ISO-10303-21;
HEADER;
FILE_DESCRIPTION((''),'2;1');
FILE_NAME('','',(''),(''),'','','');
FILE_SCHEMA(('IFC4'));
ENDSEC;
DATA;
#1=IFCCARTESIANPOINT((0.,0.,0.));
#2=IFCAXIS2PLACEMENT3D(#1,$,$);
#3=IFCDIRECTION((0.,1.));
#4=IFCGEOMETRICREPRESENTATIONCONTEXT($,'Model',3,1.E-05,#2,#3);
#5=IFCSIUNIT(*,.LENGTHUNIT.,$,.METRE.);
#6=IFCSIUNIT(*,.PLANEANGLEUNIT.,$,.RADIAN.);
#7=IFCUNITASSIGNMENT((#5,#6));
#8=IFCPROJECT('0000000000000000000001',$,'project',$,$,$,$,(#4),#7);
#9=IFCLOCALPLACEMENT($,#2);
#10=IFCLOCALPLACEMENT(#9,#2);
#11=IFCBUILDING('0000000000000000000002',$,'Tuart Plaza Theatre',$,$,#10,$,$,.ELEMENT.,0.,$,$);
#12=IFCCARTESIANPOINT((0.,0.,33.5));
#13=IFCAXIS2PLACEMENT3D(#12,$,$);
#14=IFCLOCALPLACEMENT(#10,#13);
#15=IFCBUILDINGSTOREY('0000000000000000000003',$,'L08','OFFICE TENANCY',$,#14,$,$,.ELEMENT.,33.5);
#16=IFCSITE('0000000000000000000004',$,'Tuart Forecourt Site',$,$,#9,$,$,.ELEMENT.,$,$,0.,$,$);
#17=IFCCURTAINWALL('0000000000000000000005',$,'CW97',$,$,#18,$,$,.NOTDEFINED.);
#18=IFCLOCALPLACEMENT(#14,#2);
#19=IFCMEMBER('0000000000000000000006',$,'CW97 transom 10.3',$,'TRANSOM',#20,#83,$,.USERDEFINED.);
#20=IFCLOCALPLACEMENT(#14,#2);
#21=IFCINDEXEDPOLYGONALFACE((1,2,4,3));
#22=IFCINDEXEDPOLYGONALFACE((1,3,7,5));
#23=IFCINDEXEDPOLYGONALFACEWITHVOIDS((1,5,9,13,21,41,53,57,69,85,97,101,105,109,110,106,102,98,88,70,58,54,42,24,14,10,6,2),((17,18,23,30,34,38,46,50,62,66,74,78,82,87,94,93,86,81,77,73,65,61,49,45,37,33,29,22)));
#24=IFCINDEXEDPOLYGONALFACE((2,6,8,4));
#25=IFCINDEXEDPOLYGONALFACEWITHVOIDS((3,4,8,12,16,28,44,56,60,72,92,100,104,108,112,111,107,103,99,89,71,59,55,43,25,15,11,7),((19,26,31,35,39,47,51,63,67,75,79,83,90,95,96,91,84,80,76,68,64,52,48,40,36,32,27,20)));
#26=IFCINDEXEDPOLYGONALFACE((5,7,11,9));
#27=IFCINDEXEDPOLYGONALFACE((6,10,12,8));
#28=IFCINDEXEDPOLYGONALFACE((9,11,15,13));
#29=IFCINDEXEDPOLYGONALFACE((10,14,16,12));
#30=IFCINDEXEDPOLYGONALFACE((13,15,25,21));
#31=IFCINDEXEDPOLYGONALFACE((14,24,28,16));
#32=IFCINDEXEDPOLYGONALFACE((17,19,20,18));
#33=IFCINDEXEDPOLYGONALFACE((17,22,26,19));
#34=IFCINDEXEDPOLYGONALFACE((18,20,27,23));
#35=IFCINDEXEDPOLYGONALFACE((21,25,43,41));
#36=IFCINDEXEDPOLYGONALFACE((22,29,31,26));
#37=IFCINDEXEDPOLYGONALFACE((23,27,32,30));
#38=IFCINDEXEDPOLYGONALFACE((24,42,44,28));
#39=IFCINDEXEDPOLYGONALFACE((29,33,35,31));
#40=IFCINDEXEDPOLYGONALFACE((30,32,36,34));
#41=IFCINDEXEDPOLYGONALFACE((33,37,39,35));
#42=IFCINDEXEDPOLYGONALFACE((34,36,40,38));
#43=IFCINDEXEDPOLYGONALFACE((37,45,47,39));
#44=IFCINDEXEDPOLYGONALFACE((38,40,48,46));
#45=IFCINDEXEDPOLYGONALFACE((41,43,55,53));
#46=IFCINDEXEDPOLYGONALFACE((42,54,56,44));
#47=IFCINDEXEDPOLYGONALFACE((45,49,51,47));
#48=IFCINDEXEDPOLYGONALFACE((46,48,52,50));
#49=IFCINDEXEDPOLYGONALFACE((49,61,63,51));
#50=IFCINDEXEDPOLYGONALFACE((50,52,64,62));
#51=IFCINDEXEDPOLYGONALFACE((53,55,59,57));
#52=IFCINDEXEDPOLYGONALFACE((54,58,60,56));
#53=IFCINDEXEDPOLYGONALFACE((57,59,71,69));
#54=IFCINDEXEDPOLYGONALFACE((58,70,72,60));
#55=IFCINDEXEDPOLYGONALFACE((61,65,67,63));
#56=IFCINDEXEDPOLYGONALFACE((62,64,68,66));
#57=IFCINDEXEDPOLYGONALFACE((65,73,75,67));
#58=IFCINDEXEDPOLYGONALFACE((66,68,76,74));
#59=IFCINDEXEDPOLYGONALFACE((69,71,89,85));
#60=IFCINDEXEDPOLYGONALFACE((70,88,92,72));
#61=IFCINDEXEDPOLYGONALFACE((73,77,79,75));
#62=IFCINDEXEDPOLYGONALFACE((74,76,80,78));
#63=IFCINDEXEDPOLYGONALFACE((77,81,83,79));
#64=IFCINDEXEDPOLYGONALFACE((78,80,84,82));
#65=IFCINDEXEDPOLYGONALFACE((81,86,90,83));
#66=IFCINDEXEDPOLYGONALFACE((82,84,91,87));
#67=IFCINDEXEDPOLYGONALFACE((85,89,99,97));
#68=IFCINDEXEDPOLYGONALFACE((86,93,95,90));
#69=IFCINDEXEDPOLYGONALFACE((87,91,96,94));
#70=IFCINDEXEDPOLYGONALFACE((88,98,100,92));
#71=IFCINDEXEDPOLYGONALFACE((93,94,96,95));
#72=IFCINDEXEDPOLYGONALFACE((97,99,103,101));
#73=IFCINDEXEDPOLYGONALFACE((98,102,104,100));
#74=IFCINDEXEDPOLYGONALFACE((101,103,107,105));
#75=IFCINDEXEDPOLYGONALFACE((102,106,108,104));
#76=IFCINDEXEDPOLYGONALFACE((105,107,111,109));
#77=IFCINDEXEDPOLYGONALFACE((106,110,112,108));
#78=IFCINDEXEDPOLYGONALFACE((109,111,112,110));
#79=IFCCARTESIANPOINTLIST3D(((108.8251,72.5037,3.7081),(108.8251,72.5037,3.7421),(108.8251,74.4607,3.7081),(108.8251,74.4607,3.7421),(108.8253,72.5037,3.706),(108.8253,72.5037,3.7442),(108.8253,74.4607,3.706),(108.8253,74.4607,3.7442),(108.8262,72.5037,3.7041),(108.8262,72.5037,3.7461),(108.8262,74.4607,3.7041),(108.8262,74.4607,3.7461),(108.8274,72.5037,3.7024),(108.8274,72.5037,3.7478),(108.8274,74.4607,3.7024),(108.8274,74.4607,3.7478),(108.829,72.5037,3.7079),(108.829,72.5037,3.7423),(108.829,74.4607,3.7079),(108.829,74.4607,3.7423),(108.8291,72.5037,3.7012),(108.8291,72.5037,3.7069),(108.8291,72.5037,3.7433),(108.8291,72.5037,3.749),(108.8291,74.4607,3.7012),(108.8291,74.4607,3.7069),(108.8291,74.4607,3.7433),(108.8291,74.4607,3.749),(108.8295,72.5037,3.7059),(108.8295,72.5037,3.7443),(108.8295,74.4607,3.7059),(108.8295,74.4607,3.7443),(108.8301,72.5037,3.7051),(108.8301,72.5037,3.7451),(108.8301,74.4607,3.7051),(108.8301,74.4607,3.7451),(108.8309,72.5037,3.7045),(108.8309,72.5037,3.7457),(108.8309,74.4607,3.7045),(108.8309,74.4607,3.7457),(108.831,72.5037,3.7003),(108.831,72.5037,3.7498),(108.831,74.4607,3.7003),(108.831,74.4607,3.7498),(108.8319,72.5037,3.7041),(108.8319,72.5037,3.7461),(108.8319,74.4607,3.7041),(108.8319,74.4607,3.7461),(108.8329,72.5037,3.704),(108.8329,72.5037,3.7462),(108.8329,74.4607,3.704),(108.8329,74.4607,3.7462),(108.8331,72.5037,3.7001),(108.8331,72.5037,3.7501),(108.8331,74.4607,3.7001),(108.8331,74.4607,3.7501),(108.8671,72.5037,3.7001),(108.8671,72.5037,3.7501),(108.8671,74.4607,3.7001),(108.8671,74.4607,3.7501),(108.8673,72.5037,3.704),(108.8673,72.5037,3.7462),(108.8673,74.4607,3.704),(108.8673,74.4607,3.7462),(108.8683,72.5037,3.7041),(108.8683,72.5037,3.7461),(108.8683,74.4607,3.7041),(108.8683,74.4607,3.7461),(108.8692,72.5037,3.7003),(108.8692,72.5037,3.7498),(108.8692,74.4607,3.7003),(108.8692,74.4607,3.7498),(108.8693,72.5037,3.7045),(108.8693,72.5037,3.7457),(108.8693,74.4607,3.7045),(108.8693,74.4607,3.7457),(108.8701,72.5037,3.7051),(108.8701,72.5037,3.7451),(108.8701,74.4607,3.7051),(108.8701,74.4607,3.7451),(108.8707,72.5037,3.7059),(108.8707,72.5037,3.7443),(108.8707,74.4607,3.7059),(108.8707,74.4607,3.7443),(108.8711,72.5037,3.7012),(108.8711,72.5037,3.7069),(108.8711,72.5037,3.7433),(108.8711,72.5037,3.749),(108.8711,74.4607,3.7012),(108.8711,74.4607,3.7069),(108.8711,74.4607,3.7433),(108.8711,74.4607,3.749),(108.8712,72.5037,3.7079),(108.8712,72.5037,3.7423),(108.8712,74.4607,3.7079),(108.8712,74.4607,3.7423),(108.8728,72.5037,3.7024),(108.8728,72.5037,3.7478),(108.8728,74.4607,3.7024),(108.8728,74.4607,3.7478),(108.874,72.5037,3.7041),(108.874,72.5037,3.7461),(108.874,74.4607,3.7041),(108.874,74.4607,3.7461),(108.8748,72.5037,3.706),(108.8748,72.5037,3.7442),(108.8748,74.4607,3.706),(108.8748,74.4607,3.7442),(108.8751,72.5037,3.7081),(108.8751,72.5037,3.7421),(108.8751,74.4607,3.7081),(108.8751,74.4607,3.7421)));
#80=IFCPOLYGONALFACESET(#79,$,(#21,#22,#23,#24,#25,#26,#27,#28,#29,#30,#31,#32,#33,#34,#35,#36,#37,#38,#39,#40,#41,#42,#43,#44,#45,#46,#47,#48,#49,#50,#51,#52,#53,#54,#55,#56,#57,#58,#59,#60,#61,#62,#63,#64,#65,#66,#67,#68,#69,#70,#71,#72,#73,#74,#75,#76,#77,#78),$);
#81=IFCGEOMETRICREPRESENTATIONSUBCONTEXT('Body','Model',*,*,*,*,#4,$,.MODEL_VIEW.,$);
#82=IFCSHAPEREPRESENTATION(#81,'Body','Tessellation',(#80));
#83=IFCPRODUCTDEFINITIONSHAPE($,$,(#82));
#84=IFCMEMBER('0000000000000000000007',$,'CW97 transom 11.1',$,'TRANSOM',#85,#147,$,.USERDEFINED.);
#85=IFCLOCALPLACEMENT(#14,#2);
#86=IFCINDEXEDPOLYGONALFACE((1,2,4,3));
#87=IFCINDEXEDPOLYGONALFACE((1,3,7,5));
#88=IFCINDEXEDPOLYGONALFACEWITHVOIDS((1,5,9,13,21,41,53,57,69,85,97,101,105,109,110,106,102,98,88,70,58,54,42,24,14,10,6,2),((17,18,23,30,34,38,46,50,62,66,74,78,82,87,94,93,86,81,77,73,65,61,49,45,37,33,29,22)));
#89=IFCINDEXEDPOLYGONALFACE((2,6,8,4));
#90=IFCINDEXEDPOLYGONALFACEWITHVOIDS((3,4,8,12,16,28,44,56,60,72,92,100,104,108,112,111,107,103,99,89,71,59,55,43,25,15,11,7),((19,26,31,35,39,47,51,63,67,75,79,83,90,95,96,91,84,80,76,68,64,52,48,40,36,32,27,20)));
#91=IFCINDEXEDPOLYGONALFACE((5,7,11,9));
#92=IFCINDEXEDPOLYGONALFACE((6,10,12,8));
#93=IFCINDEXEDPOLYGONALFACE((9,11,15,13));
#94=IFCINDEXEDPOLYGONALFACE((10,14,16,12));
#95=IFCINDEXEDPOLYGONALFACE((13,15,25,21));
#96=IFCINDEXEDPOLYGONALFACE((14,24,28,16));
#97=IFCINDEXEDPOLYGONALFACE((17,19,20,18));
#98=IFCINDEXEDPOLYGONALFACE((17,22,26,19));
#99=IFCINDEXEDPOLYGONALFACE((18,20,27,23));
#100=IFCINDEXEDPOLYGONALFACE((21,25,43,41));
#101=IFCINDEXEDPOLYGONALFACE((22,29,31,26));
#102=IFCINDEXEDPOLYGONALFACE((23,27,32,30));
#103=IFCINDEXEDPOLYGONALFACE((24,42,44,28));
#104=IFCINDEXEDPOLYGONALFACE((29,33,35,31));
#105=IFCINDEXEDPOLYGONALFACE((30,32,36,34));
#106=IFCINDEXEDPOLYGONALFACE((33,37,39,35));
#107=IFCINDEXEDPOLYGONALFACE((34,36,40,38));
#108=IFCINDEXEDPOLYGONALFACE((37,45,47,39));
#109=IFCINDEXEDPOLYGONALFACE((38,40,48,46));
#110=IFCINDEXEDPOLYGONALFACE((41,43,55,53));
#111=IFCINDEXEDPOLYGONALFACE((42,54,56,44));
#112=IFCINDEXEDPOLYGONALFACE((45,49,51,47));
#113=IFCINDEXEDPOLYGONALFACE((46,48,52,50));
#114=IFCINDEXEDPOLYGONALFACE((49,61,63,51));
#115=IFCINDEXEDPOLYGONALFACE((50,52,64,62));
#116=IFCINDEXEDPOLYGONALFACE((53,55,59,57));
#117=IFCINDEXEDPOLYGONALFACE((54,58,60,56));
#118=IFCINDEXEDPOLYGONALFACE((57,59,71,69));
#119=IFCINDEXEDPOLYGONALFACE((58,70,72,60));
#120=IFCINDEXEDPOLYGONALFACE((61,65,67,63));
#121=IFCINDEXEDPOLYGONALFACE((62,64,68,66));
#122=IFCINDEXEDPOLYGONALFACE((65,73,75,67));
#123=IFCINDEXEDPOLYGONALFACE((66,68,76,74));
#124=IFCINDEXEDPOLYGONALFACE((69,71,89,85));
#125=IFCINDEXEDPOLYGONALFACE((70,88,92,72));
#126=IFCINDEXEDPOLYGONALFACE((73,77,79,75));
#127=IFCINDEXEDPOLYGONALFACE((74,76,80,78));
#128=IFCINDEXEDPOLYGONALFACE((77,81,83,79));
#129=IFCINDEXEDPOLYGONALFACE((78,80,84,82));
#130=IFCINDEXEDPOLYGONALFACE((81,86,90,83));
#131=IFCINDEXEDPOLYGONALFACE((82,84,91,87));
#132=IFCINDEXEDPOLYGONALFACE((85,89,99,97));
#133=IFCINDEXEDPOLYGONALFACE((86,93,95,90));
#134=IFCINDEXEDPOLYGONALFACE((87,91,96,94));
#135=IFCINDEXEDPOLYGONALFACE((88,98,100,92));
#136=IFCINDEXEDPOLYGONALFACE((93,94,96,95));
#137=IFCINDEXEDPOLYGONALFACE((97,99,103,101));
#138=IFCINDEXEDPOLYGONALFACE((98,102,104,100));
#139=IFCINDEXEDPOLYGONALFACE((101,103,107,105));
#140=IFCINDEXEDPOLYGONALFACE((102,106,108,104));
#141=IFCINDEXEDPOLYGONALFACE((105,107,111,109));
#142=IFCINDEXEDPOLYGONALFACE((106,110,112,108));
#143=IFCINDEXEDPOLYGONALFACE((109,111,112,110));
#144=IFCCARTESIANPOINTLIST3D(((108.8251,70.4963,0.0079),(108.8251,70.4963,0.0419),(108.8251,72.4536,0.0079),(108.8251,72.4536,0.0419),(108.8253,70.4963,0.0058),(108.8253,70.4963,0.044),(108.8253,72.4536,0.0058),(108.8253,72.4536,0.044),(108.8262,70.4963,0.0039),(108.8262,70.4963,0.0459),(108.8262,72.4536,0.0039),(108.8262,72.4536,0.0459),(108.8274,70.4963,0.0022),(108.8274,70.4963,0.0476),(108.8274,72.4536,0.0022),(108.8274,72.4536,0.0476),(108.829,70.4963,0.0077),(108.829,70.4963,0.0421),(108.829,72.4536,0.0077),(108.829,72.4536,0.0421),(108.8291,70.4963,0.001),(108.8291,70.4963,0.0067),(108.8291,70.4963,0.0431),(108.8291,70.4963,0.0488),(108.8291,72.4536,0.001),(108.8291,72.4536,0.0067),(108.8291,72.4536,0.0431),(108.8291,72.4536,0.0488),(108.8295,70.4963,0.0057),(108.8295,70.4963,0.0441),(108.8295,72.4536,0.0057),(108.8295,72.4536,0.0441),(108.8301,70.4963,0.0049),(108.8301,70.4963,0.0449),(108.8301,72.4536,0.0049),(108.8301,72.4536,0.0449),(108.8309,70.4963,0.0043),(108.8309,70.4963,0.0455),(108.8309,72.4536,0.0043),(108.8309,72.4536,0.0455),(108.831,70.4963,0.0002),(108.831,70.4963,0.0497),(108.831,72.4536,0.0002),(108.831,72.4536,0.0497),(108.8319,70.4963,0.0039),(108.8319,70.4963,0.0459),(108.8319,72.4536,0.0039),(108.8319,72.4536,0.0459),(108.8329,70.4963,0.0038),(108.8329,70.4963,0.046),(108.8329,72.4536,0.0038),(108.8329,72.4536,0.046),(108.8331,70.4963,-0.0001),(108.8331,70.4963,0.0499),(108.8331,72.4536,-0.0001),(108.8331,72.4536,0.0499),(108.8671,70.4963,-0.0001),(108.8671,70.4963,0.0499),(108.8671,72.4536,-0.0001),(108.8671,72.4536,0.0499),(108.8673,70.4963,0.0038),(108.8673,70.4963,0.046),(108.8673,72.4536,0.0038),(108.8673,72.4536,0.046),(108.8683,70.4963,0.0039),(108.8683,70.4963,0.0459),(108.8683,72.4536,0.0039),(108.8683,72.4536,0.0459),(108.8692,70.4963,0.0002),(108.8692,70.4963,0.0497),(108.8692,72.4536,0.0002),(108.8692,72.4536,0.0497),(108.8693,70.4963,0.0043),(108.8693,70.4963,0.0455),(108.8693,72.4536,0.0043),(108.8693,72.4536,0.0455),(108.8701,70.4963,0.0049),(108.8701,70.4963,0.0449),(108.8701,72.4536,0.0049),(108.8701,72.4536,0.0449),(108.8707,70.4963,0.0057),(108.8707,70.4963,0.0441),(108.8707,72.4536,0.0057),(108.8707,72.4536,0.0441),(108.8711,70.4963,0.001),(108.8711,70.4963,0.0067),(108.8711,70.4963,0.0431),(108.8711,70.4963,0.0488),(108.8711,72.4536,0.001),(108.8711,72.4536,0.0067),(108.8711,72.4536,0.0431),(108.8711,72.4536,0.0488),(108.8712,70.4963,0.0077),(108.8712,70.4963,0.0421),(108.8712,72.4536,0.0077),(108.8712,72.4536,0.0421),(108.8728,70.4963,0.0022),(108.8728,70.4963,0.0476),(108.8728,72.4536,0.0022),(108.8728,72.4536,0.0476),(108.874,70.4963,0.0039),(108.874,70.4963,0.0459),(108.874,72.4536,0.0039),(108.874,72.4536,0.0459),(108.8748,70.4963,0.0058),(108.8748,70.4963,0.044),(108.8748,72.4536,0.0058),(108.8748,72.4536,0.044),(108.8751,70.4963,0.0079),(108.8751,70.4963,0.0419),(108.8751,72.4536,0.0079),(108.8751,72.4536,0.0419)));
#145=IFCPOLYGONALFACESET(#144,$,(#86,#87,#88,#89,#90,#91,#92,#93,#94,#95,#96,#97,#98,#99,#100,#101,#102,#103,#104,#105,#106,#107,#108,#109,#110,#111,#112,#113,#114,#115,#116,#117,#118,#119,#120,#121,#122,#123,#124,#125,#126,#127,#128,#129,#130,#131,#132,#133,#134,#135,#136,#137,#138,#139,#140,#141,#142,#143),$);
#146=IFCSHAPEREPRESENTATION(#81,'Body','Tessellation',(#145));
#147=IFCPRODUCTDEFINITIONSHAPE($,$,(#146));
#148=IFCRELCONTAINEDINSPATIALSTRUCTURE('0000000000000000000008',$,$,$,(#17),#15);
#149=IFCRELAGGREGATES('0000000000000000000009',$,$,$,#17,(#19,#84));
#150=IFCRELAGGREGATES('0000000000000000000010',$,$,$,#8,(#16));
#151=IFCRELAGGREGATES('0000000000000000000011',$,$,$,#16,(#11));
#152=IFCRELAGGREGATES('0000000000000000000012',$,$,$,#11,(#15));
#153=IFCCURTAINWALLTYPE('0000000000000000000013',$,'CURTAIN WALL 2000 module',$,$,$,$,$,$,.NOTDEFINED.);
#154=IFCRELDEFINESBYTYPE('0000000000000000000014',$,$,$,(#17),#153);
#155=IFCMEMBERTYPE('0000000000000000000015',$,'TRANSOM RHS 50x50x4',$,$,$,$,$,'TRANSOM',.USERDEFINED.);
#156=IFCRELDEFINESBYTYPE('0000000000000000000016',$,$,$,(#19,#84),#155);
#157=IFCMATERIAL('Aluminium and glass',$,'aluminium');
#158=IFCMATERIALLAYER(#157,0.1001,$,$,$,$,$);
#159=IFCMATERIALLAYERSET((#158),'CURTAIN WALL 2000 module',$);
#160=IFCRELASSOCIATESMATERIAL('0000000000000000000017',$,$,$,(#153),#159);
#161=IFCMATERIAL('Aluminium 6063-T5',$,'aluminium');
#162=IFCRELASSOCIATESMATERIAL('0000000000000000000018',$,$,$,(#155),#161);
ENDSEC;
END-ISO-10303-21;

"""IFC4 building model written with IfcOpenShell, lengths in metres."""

from ifc_helpers import new_model, si_unit, direction, frame, origin, origin_2d, place, context, subcontext, project, spatial, hollow_rectangle, extrude, material, layer, layer_set, material_profile, profile_set, type_object, element, aggregate, save


model = new_model("IFC4")

# Units and contexts
model_context = context("Model", 3, precision=1e-05, world=origin(), true_north=direction((0.0, 1.0)))
body_context = subcontext(model_context, "Body", "Model", "MODEL_VIEW")
ifc_project = project(units=[si_unit("LENGTHUNIT", "METRE"), si_unit("PLANEANGLEUNIT", "RADIAN")], contexts=[model_context])

# Site, building, storey
site_placement = place(None, origin())
site = spatial("IfcSite", under=ifc_project, at=site_placement, Name="Tuart Forecourt Site", CompositionType="ELEMENT", RefElevation=0.0)
building_placement = place(site_placement, origin())
building = spatial("IfcBuilding", under=site, at=building_placement, Name="Tuart Plaza Theatre", CompositionType="ELEMENT", ElevationOfRefHeight=0.0)
storey_placement = place(building_placement, frame((0.0, 0.0, 33.5)))
storey = spatial("IfcBuildingStorey", under=building, at=storey_placement, Name="L08", Description="OFFICE TENANCY", CompositionType="ELEMENT", Elevation=33.5)

# Curtain wall, members
ifc_material_1 = material(Name="Aluminium and glass", Category="aluminium")
ifc_layer_1 = layer(ifc_material_1, 0.1001)
ifc_layer_set_1 = layer_set([ifc_layer_1], Name="CURTAIN WALL 2000 module")
curtain_wall_type = type_object("IfcCurtainWallType", Name="CURTAIN WALL 2000 module", PredefinedType="NOTDEFINED", material=ifc_layer_set_1)
curtain_wall_placement = place(storey_placement, origin())
curtain_wall = element("IfcCurtainWall", 1, at=curtain_wall_placement, inside=storey, type_object=curtain_wall_type, Name="CW97", PredefinedType="NOTDEFINED")
ifc_material_2 = material(Name="Aluminium 6063-T5", Category="aluminium")
ifc_material_profile_1 = material_profile(ifc_material_2, hollow_rectangle(XDim=0.05, YDim=0.05, WallThickness=0.0039, InnerFilletRadius=0.0039, OuterFilletRadius=0.0081, at=origin_2d()), Name="RHS 50x50x4")
ifc_profile_set_1 = profile_set([ifc_material_profile_1], Name="Aluminium 6063-T5")
member_type_1 = type_object("IfcMemberType", Name="TRANSOM RHS 50x50x4", ElementType="TRANSOM", PredefinedType="USERDEFINED", material=ifc_profile_set_1)
member_1_placement = place(storey_placement, frame((108.8501, 74.4607, 3.7251), z_axis=(0.0, -1.0, 0.0), x_axis=(1.0, 0.0, 0.0)))
member_1 = element("IfcMember", 2, at=member_1_placement, type_object=member_type_1, Name="CW97 transom 10.3", ObjectType="TRANSOM", PredefinedType="USERDEFINED", context=body_context, shape_type="SweptSolid", body=[
    extrude(hollow_rectangle(XDim=0.05, YDim=0.05, WallThickness=0.0039, InnerFilletRadius=0.0039, OuterFilletRadius=0.0081, at=origin_2d()), origin(), (0.0, 0.0, 1.0), 1.957),
])
member_2_placement = place(storey_placement, frame((108.8501, 72.4536, 0.0249), z_axis=(0.0, -1.0, 0.0), x_axis=(1.0, 0.0, 0.0)))
member_2 = element("IfcMember", 3, at=member_2_placement, type_object=member_type_1, Name="CW97 transom 11.1", ObjectType="TRANSOM", PredefinedType="USERDEFINED", context=body_context, shape_type="SweptSolid", body=[
    extrude(hollow_rectangle(XDim=0.05, YDim=0.05, WallThickness=0.0039, InnerFilletRadius=0.0039, OuterFilletRadius=0.0081, at=origin_2d()), origin(), (0.0, 0.0, 1.0), 1.9573),
])
aggregate(curtain_wall, [member_1, member_2])

save(model, "model.ifc")
